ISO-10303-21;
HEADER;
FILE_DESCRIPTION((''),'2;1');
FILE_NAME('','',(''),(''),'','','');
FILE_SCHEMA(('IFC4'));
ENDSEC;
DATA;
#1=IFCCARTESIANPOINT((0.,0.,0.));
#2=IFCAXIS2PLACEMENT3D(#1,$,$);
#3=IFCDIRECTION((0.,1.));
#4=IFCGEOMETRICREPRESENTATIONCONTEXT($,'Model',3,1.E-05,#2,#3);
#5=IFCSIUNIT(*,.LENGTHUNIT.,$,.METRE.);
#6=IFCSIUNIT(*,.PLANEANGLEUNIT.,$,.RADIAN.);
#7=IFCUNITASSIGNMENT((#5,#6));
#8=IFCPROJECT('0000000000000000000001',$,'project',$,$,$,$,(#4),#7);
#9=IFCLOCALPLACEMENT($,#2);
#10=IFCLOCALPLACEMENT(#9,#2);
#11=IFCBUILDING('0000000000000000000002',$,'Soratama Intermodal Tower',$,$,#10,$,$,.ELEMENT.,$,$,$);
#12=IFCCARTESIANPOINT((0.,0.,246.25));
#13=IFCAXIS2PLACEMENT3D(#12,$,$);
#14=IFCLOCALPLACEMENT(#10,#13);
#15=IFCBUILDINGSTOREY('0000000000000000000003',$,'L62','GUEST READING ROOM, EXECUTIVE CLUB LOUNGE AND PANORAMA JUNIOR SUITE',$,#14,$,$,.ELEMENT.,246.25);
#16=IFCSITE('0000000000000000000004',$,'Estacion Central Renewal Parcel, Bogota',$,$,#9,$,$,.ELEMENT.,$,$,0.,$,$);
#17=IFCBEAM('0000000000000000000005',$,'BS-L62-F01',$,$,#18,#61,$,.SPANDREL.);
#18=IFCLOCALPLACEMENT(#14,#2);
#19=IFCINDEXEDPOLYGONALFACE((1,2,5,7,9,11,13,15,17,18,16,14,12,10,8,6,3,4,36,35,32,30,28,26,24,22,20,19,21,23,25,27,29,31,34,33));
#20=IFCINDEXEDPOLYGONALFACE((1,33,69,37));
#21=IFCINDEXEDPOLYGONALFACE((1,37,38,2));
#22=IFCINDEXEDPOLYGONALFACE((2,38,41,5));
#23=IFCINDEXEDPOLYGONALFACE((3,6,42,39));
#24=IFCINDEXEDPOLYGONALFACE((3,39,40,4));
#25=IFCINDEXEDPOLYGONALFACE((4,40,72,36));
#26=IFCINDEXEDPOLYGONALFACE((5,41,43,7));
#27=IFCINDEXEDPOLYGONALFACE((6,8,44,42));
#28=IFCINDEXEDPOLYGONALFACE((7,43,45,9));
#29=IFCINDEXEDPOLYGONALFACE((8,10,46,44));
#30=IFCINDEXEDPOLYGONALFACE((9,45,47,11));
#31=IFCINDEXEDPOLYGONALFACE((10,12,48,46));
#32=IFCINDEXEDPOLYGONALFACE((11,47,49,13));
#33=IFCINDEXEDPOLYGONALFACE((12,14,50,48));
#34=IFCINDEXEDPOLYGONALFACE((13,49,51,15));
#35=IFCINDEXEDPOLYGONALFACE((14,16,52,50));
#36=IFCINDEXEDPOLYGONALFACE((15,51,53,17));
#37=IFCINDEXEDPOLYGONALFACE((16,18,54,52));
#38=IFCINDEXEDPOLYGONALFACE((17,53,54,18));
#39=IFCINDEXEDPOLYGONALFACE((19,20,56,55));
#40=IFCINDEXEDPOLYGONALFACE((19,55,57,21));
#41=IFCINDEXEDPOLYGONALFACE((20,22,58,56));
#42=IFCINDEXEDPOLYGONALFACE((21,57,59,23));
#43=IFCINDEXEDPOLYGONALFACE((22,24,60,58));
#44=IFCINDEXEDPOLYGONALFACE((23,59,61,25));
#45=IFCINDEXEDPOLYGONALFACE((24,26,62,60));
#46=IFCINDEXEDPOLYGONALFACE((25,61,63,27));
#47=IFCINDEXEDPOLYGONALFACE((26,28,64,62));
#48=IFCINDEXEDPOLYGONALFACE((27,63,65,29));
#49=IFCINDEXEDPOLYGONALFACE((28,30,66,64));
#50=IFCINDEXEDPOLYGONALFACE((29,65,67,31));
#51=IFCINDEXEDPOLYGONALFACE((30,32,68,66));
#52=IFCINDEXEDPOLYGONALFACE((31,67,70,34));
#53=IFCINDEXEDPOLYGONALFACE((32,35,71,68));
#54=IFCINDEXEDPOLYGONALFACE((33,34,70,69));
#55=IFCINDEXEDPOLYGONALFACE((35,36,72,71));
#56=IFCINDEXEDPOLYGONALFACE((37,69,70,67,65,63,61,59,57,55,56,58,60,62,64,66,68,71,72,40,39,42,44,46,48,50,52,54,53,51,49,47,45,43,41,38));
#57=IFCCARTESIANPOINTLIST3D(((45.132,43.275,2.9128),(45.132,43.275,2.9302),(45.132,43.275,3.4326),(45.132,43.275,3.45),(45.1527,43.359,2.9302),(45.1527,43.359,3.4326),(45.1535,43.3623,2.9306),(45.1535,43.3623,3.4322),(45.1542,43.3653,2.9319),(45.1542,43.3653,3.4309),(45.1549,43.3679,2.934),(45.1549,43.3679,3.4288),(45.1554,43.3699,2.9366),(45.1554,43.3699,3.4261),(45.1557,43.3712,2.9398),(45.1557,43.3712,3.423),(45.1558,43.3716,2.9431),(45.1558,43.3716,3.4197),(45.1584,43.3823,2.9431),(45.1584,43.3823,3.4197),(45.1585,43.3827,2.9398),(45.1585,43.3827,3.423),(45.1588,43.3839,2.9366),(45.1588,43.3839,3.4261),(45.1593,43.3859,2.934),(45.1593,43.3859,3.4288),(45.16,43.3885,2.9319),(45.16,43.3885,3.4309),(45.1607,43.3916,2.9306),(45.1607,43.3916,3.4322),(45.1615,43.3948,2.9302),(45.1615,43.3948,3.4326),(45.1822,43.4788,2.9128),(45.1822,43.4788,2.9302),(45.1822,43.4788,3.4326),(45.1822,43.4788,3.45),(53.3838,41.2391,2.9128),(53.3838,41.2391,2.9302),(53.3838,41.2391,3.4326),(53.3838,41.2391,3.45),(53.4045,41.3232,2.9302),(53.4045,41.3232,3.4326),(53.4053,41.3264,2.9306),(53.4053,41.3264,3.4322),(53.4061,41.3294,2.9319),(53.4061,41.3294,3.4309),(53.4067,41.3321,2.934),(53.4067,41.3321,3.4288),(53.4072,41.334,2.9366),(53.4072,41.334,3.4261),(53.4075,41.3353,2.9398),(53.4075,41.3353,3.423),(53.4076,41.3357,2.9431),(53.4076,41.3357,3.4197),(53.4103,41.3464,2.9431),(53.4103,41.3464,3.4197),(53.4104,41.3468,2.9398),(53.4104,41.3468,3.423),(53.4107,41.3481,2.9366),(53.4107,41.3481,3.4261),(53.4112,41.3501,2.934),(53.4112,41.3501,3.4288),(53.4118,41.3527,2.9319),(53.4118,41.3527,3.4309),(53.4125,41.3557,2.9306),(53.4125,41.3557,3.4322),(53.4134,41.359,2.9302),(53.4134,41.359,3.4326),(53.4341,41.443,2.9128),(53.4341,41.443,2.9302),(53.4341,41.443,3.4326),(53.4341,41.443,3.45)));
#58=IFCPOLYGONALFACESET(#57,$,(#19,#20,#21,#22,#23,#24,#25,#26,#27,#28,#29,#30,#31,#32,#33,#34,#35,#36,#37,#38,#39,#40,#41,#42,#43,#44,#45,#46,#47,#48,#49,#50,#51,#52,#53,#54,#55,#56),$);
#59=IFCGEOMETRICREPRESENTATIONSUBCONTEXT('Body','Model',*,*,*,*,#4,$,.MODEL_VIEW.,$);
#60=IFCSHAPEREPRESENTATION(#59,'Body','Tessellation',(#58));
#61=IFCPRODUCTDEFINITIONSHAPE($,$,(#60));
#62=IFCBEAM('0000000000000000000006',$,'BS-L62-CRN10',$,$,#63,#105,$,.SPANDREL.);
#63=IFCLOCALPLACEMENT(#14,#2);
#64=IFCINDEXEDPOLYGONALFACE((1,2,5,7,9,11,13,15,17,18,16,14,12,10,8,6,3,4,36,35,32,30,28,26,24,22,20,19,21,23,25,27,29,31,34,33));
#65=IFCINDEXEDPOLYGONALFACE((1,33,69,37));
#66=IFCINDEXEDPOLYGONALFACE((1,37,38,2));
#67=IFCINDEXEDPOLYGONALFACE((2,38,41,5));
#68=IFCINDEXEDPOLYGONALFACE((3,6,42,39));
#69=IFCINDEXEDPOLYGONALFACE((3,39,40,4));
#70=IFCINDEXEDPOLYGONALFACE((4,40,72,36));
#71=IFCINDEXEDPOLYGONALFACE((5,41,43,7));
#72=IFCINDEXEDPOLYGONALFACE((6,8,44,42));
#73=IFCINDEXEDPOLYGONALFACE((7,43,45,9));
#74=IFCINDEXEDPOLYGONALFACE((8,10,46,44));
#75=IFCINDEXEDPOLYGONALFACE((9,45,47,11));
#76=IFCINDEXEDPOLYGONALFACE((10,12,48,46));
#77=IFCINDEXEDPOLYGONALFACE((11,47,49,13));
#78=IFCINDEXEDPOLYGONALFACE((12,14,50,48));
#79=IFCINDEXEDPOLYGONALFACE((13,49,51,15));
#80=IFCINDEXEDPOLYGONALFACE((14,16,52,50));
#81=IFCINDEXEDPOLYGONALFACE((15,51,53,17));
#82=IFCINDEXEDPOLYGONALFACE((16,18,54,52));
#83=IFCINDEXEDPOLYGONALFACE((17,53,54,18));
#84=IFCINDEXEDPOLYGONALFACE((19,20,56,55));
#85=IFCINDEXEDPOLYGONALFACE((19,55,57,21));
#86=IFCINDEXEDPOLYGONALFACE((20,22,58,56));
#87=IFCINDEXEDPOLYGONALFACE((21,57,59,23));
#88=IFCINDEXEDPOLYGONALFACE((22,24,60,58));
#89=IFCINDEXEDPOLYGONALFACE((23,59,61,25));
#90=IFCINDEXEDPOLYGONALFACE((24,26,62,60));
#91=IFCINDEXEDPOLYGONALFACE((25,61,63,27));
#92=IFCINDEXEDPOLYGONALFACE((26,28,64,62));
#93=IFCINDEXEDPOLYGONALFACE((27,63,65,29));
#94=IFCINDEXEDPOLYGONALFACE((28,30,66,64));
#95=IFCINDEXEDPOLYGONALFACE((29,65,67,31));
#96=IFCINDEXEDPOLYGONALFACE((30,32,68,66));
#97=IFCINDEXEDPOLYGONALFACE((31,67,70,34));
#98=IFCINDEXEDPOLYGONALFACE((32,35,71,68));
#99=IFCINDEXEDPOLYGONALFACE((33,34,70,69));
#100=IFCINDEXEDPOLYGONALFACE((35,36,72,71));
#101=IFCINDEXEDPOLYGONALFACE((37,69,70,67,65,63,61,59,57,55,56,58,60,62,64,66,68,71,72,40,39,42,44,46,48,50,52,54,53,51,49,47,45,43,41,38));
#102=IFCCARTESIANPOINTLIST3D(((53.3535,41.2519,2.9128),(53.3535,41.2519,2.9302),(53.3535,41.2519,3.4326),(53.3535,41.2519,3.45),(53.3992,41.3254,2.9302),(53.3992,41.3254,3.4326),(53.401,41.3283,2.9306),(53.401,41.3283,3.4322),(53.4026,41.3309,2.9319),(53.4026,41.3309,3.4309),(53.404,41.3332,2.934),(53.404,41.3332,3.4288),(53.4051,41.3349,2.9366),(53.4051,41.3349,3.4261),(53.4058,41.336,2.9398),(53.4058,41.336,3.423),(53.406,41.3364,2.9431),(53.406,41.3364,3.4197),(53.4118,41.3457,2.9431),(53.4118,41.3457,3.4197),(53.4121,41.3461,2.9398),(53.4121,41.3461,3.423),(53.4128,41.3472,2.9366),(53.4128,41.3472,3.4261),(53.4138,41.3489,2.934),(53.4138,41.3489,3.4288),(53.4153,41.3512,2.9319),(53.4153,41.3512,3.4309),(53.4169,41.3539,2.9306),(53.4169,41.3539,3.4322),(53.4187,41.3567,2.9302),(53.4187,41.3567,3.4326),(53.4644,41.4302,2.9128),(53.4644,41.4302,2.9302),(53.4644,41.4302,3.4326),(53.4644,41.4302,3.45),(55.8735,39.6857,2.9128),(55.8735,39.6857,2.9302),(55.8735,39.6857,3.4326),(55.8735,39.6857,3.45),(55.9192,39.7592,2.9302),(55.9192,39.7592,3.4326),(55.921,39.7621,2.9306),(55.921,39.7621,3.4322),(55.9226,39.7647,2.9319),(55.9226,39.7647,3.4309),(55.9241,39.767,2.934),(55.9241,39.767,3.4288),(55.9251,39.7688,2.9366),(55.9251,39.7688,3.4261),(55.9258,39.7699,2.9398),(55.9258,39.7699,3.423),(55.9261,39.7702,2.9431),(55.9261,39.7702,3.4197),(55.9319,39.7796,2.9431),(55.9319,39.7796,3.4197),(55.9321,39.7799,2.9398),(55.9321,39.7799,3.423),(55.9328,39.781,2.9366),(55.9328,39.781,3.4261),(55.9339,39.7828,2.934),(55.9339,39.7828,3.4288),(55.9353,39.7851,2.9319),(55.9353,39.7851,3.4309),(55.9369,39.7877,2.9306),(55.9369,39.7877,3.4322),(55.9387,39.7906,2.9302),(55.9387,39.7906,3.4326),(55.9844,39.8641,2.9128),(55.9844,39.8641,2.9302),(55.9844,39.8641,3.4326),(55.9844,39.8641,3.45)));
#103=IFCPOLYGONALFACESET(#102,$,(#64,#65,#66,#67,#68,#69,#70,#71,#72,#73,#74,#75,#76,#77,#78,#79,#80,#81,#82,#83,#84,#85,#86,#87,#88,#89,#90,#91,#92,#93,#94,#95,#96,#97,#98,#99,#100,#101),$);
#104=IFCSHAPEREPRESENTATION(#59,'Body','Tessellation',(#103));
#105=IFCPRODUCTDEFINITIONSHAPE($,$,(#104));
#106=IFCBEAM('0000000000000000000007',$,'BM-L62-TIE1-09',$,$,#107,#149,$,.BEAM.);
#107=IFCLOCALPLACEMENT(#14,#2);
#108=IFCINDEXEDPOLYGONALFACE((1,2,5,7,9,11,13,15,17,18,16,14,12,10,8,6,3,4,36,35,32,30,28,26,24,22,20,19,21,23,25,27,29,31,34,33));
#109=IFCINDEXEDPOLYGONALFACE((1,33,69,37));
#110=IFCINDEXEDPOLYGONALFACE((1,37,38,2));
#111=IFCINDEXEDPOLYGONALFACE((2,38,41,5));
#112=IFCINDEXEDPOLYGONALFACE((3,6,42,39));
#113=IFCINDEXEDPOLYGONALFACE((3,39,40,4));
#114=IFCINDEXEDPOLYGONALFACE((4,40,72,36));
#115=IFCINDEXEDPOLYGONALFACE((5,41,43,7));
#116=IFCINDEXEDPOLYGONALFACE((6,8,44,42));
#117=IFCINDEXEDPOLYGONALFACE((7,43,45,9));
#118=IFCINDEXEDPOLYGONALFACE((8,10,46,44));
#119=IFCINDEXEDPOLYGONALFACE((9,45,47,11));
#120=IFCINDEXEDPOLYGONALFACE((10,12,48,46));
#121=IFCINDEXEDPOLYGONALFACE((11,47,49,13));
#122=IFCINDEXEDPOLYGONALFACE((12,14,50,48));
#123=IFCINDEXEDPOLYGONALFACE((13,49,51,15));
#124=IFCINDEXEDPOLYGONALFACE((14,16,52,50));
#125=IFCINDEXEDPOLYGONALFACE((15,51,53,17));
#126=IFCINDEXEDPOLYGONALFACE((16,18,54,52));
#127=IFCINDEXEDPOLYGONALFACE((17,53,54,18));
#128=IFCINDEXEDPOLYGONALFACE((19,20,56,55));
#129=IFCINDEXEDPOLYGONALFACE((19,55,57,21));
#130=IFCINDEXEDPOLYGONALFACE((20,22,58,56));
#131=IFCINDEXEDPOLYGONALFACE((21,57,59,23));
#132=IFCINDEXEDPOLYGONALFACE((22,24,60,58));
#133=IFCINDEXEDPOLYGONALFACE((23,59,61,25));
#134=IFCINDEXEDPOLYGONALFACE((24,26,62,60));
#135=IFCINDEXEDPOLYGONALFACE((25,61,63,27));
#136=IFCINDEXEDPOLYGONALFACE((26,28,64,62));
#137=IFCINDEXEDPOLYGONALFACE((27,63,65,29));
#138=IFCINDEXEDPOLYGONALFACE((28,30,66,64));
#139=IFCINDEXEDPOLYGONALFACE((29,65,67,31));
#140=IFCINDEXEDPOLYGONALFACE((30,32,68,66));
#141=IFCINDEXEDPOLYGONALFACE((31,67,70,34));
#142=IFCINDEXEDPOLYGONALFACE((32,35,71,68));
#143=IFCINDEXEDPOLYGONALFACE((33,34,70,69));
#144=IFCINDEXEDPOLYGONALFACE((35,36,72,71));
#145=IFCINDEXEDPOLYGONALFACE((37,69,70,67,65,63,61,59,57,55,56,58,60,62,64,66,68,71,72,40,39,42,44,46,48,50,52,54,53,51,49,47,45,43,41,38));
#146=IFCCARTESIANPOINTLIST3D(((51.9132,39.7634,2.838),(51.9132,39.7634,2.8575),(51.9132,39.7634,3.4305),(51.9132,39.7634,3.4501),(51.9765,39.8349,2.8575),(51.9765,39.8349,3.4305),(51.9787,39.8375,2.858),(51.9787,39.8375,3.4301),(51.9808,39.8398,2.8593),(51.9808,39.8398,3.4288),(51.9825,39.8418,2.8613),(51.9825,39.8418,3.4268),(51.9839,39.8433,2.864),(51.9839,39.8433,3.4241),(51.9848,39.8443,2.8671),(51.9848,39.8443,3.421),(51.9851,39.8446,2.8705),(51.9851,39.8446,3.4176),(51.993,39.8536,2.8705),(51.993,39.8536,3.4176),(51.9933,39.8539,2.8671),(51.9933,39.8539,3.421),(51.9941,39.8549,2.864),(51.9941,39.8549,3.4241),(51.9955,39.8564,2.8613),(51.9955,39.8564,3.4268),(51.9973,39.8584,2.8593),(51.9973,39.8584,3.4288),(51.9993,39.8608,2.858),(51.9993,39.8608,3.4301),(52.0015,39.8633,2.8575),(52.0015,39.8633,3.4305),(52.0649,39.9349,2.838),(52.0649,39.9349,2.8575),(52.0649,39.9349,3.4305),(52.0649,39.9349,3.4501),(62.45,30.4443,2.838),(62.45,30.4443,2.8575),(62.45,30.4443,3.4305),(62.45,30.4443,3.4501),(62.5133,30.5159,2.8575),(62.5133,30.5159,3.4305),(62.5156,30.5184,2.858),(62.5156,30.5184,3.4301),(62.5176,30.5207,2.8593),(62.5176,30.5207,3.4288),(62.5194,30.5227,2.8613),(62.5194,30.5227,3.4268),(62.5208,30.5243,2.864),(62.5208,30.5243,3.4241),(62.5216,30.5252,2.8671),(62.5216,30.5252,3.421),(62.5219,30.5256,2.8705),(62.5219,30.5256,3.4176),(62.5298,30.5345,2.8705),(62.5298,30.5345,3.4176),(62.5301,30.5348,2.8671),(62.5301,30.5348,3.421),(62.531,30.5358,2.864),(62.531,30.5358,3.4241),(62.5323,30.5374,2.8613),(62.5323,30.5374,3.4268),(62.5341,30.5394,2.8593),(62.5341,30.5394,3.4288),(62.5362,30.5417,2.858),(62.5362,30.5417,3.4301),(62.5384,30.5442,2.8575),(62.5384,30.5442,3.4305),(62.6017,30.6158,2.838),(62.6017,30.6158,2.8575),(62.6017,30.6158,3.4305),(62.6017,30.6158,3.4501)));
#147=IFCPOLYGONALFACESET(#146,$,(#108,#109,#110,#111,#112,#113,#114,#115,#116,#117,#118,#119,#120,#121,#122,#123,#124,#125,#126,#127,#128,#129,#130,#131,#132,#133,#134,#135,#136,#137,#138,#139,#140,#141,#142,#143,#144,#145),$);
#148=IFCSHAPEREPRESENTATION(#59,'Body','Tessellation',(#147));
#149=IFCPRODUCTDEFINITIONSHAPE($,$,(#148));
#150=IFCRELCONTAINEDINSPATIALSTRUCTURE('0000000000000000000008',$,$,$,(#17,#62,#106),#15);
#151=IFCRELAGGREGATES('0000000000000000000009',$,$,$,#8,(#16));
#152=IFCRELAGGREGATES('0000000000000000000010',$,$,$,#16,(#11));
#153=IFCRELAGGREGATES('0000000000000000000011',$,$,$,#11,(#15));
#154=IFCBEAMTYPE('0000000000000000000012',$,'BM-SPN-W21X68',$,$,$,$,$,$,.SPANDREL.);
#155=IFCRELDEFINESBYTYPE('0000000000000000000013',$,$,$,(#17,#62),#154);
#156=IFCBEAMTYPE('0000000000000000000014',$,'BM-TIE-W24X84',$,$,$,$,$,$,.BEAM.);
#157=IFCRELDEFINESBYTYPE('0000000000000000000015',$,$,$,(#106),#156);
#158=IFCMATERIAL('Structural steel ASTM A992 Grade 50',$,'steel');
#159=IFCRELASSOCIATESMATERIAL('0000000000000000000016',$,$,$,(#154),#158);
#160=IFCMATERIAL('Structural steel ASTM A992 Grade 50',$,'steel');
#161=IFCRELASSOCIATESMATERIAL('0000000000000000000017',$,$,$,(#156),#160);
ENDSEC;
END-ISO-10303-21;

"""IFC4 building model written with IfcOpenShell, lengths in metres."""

from ifc_helpers import new_model, si_unit, direction, frame, origin, origin_2d, place, context, subcontext, project, spatial, i_section, extrude, material, material_profile, profile_set, type_object, element, save


model = new_model("IFC4")

# Units and contexts
model_context = context("Model", 3, precision=1e-05, world=origin(), true_north=direction((0.0, 1.0)))
body_context = subcontext(model_context, "Body", "Model", "MODEL_VIEW")
ifc_project = project(units=[si_unit("LENGTHUNIT", "METRE"), si_unit("PLANEANGLEUNIT", "RADIAN")], contexts=[model_context])

# Site, building, storey
site_placement = place(None, origin())
site = spatial("IfcSite", under=ifc_project, at=site_placement, Name="Estacion Central Renewal Parcel, Bogota", CompositionType="ELEMENT", RefElevation=0.0)
building_placement = place(site_placement, origin())
building = spatial("IfcBuilding", under=site, at=building_placement, Name="Soratama Intermodal Tower", CompositionType="ELEMENT")
storey_placement = place(building_placement, frame((0.0, 0.0, 246.25)))
storey = spatial("IfcBuildingStorey", under=building, at=storey_placement, Name="L62", Description="GUEST READING ROOM, EXECUTIVE CLUB LOUNGE AND PANORAMA JUNIOR SUITE", CompositionType="ELEMENT", Elevation=246.25)

# Beams
ifc_material_1 = material(Name="Structural steel ASTM A992 Grade 50", Category="steel")
ifc_material_profile_1 = material_profile(ifc_material_1, i_section(OverallWidth=0.21, OverallDepth=0.5371, WebThickness=0.011, FlangeThickness=0.0173, FilletRadius=0.0129, at=origin_2d()), Name="W21X68")
ifc_profile_set_1 = profile_set([ifc_material_profile_1], Name="Structural steel ASTM A992 Grade 50")
beam_type_1 = type_object("IfcBeamType", Name="BM-SPN-W21X68", PredefinedType="SPANDREL", material=ifc_profile_set_1)
beam_1_placement = place(storey_placement, frame((53.4089, 41.3411, 3.1814), z_axis=(-0.970888, 0.239534, 0.0), x_axis=(-0.239534, -0.970888, 0.0)))
element("IfcBeam", 1, at=beam_1_placement, inside=storey, type_object=beam_type_1, Name="BS-L62-F01", PredefinedType="SPANDREL", context=body_context, shape_type="SweptSolid", body=[
    extrude(i_section(OverallWidth=0.21, OverallDepth=0.5371, WebThickness=0.011, FlangeThickness=0.0173, FilletRadius=0.0129, at=origin_2d()), origin(), (0.0, 0.0, 1.0), 8.4993),
])
beam_2_placement = place(storey_placement, frame((55.929, 39.7749, 3.1814), z_axis=(-0.849336, 0.527852, 0.0), x_axis=(-0.527852, -0.849336, 0.0)))
element("IfcBeam", 2, at=beam_2_placement, inside=storey, type_object=beam_type_1, Name="BS-L62-CRN10", PredefinedType="SPANDREL", context=body_context, shape_type="SweptSolid", body=[
    extrude(i_section(OverallWidth=0.21, OverallDepth=0.5371, WebThickness=0.011, FlangeThickness=0.0173, FilletRadius=0.0129, at=origin_2d()), origin(), (0.0, 0.0, 1.0), 2.967),
])
ifc_material_2 = material(Name="Structural steel ASTM A992 Grade 50", Category="steel")
ifc_material_profile_2 = material_profile(ifc_material_2, i_section(OverallWidth=0.229, OverallDepth=0.6121, WebThickness=0.012, FlangeThickness=0.0195, FilletRadius=0.0129, at=origin_2d()), Name="W24X84")
ifc_profile_set_2 = profile_set([ifc_material_profile_2], Name="Structural steel ASTM A992 Grade 50")
beam_type_2 = type_object("IfcBeamType", Name="BM-TIE-W24X84", PredefinedType="BEAM", material=ifc_profile_set_2)
beam_3_placement = place(storey_placement, frame((51.989, 39.8491, 3.144), z_axis=(0.749066, -0.662495, 0.0), x_axis=(0.662495, 0.749066, 0.0)))
element("IfcBeam", 3, at=beam_3_placement, inside=storey, type_object=beam_type_2, Name="BM-L62-TIE1-09", PredefinedType="BEAM", context=body_context, shape_type="SweptSolid", body=[
    extrude(i_section(OverallWidth=0.229, OverallDepth=0.6121, WebThickness=0.012, FlangeThickness=0.0195, FilletRadius=0.0129, at=origin_2d()), origin(), (0.0, 0.0, 1.0), 14.0667),
])

save(model, "model.ifc")
